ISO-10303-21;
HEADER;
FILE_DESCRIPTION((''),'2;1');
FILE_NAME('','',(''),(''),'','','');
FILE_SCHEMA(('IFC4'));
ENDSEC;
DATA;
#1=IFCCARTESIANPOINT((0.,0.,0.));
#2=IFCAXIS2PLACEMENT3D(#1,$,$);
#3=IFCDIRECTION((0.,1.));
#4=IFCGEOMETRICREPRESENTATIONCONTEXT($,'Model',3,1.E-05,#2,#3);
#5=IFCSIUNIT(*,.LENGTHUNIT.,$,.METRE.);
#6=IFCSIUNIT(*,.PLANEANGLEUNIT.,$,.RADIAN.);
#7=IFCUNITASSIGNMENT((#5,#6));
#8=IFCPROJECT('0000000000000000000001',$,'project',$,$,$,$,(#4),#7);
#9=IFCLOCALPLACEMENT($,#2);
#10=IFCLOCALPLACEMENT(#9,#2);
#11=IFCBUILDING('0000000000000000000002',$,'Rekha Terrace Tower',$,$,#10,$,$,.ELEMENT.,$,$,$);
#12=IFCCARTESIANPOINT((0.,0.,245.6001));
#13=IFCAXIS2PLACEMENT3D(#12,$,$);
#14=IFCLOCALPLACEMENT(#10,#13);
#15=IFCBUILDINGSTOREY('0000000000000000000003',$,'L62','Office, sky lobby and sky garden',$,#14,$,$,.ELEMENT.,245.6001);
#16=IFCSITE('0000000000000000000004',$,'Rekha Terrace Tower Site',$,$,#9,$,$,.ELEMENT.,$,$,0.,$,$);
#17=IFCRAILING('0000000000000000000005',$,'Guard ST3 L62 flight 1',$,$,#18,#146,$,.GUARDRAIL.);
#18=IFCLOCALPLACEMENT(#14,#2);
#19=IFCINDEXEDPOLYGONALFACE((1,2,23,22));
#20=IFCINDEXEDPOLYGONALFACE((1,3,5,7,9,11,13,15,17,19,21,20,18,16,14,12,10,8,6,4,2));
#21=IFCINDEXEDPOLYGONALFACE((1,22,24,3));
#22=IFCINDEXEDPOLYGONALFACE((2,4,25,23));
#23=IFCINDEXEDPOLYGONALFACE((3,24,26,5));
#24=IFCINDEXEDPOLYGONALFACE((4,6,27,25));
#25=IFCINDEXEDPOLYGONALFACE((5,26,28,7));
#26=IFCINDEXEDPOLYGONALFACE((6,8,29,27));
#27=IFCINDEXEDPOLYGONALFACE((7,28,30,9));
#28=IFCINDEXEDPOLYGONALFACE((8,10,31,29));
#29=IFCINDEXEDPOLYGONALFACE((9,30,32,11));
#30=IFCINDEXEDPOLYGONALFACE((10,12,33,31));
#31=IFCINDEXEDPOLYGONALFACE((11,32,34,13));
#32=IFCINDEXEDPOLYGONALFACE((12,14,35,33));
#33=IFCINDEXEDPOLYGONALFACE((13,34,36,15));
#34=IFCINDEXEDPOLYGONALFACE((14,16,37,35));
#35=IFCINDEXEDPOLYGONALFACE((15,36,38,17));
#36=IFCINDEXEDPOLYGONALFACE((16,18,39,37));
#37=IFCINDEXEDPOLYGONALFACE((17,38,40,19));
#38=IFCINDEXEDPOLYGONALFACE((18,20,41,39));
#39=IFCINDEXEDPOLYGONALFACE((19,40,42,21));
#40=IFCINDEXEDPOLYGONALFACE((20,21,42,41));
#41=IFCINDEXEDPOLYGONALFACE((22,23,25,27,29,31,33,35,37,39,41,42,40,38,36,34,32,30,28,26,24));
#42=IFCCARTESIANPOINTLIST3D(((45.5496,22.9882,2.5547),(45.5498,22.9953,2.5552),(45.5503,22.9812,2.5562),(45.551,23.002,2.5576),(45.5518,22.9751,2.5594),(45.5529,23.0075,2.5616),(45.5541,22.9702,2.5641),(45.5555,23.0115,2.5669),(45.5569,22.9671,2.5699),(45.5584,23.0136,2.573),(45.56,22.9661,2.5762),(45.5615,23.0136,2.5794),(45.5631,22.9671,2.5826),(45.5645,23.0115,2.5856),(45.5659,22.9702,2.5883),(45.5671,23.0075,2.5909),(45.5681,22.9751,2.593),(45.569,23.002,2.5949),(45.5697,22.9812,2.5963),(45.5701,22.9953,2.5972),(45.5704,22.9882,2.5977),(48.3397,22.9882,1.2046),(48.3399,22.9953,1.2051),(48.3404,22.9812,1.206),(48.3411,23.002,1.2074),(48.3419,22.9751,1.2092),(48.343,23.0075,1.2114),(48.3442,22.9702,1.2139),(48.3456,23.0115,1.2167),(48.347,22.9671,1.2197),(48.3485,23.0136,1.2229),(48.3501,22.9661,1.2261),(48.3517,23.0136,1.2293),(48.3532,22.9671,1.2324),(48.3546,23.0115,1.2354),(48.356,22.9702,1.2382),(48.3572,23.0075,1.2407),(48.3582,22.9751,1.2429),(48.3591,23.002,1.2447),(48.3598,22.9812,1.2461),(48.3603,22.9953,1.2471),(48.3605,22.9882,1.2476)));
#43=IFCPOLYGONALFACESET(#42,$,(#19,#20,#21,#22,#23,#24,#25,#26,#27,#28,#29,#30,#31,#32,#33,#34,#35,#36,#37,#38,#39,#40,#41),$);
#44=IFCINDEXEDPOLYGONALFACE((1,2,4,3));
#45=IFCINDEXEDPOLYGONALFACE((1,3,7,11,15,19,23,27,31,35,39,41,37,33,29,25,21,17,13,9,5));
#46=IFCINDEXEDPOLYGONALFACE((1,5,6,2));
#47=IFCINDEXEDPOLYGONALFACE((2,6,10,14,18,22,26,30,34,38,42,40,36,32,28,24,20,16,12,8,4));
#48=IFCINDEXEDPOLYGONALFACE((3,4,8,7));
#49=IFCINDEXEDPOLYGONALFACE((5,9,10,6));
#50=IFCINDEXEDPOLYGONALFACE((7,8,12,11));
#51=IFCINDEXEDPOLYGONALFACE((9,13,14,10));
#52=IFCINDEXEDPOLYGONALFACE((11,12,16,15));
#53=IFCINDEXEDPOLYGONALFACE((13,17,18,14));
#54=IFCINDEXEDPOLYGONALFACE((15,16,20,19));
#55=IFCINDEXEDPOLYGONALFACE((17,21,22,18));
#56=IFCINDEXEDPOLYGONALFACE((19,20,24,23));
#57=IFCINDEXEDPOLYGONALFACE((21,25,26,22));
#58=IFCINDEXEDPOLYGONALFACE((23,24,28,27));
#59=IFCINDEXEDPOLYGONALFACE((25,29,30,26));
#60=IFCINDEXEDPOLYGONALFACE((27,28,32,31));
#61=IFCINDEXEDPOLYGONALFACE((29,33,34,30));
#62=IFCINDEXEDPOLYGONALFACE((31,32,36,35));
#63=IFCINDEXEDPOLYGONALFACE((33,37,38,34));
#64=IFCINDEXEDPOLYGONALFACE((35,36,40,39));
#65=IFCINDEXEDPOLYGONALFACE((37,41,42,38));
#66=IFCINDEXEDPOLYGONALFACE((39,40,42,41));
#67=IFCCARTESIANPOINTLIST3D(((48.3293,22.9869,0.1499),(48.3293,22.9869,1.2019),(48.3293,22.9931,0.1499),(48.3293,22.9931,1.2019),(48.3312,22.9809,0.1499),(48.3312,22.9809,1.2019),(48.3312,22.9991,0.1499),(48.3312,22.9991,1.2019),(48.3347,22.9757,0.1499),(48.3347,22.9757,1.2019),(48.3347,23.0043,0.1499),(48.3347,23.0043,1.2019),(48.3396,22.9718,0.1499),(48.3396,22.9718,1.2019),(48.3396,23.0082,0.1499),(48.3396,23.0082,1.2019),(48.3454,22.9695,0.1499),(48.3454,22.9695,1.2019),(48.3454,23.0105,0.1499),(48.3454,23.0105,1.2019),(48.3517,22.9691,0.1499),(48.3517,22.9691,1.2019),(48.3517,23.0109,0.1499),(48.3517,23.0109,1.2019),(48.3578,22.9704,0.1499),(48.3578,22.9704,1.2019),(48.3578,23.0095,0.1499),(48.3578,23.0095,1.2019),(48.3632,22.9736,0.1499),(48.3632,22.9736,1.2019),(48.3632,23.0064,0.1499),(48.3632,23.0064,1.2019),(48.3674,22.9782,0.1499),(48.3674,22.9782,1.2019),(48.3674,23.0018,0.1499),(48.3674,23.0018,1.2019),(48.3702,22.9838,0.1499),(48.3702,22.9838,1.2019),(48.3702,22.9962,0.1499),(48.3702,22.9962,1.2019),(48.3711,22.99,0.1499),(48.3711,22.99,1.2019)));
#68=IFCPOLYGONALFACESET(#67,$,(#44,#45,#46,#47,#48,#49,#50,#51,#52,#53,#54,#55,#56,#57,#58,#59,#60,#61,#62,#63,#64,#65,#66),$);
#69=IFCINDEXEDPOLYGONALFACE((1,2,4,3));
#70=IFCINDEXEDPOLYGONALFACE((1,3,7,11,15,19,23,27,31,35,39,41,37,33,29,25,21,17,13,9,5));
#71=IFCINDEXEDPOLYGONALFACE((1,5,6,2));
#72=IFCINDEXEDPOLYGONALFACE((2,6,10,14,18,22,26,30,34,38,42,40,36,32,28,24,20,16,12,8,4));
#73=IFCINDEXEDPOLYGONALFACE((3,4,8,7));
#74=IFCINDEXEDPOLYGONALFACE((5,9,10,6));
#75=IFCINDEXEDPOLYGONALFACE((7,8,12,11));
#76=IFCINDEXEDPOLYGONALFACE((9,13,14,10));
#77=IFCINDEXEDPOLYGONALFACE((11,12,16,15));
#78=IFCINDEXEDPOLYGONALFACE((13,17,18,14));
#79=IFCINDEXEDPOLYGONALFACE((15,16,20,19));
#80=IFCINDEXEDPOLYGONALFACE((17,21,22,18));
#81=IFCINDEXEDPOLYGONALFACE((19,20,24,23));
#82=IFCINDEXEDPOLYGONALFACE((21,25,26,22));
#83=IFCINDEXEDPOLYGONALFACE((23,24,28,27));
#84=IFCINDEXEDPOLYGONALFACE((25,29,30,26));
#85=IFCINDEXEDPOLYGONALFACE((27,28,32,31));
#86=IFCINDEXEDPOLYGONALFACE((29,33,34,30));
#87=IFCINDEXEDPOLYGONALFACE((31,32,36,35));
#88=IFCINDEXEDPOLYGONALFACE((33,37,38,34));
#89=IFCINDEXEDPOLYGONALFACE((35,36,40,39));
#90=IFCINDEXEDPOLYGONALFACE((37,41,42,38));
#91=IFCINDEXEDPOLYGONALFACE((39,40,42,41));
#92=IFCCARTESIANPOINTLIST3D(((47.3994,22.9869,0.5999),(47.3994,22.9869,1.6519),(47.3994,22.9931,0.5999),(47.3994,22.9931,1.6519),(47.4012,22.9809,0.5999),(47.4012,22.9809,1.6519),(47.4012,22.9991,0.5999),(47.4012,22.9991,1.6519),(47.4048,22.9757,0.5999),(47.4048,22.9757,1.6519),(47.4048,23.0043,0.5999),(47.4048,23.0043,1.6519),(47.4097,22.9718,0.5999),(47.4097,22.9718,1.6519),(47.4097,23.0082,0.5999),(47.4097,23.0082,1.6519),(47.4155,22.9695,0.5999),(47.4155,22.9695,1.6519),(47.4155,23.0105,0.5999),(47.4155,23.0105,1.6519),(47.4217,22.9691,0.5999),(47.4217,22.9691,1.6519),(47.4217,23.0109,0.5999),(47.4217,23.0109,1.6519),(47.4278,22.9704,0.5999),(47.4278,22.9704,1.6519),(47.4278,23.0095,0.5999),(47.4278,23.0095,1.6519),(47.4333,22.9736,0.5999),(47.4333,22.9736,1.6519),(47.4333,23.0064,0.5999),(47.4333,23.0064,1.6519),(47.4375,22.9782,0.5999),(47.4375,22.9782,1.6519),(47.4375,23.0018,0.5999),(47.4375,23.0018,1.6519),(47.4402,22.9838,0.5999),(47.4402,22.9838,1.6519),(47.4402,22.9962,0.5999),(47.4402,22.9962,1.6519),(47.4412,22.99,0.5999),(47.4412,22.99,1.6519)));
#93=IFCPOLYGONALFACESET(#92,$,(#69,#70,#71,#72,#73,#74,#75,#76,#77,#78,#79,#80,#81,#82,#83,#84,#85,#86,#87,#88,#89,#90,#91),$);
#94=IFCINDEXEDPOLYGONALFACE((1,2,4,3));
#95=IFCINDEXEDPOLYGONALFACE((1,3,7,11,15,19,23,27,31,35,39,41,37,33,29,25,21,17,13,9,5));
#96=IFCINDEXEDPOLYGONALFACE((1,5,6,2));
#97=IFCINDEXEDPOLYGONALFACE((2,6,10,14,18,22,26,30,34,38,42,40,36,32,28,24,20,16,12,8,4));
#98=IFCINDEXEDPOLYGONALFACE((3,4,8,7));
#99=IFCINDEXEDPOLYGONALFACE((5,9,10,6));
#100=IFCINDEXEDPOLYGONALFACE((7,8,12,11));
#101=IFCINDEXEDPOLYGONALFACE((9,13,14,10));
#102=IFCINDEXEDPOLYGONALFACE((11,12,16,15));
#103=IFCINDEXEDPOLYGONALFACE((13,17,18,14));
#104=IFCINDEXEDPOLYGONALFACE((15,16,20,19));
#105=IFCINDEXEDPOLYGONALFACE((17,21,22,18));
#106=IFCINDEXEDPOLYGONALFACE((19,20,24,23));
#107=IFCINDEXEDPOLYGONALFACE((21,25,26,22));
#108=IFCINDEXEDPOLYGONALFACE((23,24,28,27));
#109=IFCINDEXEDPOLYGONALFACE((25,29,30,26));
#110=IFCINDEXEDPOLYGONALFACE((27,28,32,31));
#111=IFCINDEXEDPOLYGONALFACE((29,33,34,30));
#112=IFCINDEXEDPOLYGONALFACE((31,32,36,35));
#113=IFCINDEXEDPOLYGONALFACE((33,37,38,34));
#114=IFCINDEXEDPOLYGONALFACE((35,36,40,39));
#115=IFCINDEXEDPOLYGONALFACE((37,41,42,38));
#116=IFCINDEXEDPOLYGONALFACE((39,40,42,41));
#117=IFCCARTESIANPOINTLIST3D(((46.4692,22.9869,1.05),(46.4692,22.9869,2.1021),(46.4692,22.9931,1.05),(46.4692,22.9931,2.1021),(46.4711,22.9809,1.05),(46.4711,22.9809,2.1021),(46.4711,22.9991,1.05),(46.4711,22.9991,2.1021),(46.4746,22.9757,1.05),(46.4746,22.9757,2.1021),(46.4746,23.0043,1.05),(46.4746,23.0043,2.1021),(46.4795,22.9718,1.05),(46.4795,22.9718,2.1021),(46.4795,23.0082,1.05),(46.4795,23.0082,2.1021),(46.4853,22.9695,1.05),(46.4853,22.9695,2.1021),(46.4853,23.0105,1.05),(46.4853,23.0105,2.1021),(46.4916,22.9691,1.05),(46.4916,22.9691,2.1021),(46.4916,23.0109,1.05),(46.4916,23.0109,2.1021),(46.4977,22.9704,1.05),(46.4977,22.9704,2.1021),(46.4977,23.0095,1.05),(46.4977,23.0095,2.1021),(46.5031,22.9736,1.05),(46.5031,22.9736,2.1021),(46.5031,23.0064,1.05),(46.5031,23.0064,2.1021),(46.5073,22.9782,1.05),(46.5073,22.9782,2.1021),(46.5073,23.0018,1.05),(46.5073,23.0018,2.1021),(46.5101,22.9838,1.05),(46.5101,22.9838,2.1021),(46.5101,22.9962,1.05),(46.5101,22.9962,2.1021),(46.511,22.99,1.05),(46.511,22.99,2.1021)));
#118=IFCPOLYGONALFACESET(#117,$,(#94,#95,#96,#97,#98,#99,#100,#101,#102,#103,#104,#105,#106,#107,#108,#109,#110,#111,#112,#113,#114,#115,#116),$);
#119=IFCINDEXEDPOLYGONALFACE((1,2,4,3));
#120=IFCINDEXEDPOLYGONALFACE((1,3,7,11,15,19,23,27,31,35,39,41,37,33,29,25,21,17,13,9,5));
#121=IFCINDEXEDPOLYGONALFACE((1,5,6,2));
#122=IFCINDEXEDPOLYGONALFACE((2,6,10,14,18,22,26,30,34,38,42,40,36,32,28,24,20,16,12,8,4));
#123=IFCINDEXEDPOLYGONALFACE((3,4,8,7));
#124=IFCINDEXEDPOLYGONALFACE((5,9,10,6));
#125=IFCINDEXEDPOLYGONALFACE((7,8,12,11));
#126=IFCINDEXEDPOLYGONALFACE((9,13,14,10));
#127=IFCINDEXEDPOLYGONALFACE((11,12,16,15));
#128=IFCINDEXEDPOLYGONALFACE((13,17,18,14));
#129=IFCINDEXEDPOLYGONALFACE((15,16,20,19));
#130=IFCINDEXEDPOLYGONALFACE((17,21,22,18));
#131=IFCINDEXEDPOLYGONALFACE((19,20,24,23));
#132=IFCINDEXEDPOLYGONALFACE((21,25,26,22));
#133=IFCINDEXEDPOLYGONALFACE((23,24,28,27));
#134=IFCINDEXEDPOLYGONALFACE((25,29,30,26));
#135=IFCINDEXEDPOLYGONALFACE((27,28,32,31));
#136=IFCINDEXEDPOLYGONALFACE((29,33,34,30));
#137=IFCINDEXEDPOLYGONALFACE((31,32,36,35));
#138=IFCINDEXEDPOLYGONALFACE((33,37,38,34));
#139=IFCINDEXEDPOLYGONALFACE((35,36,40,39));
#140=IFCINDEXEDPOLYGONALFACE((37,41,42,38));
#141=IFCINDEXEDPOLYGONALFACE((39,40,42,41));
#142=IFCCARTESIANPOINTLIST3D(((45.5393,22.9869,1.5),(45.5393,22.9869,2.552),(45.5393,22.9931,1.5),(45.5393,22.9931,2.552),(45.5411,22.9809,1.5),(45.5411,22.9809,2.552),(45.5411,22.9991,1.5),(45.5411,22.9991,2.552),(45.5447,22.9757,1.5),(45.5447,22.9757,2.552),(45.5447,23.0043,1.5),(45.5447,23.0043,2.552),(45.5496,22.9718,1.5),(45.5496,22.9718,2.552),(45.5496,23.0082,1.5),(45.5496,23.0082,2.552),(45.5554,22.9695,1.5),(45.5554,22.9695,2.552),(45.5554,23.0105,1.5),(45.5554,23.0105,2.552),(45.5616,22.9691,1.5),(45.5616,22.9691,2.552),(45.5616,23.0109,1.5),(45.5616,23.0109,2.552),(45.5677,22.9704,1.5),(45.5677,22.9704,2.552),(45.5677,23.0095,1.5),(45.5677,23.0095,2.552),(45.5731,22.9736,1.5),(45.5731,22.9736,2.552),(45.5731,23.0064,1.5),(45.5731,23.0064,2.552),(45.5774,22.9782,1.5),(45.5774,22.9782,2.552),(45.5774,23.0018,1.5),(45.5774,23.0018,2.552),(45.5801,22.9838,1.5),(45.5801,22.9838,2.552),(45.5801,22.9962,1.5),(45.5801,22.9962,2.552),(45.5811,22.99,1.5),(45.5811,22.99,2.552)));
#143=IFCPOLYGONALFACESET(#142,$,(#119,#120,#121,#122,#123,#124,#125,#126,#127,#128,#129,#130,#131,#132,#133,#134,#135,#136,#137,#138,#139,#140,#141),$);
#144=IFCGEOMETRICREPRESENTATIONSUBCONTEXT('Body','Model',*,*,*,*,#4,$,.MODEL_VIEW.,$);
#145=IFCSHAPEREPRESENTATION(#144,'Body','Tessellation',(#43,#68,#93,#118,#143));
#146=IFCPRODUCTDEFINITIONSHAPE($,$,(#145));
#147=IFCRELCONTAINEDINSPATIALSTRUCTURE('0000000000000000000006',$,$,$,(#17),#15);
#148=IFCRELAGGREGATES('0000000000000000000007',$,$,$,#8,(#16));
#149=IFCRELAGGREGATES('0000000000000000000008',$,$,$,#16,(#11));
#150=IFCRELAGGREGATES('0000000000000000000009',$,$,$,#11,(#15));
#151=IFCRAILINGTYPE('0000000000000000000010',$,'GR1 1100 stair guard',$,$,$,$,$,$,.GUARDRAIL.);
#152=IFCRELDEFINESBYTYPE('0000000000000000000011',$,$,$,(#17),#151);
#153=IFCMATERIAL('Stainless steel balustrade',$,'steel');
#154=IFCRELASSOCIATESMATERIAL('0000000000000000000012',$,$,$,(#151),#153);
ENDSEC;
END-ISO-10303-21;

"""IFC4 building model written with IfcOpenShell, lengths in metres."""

from ifc_helpers import new_model, si_unit, direction, frame, origin, origin_2d, place, context, subcontext, project, spatial, circle, extrude, material, type_object, element, save


model = new_model("IFC4")

# Units and contexts
model_context = context("Model", 3, precision=1e-05, world=origin(), true_north=direction((0.0, 1.0)))
body_context = subcontext(model_context, "Body", "Model", "MODEL_VIEW")
ifc_project = project(units=[si_unit("LENGTHUNIT", "METRE"), si_unit("PLANEANGLEUNIT", "RADIAN")], contexts=[model_context])

# Site, building, storey
site_placement = place(None, origin())
site = spatial("IfcSite", under=ifc_project, at=site_placement, Name="Rekha Terrace Tower Site", CompositionType="ELEMENT", RefElevation=0.0)
building_placement = place(site_placement, origin())
building = spatial("IfcBuilding", under=site, at=building_placement, Name="Rekha Terrace Tower", CompositionType="ELEMENT")
storey_placement = place(building_placement, frame((0.0, 0.0, 245.6001)))
storey = spatial("IfcBuildingStorey", under=building, at=storey_placement, Name="L62", Description="Office, sky lobby and sky garden", CompositionType="ELEMENT", Elevation=245.6001)

# Railing
ifc_material_1 = material(Name="Stainless steel balustrade", Category="steel")
railing_type_1 = type_object("IfcRailingType", Name="GR1 1100 stair guard", PredefinedType="GUARDRAIL", material=ifc_material_1)
railing_1_placement = place(storey_placement, frame((48.3501, 22.99, 0.1499)))
element("IfcRailing", 1, at=railing_1_placement, inside=storey, type_object=railing_type_1, Name="Guard ST3 L62 flight 1", PredefinedType="GUARDRAIL", context=body_context, shape_type="SweptSolid", body=[
    extrude(circle(Radius=0.0239, at=origin_2d()), frame((0.0, 0.0, 1.0762), z_axis=(-0.900149, 0.0, 0.435582), x_axis=(0.0, -1.0, 0.0)), (0.0, 0.0, 1.0), 3.0996),
    extrude(circle(Radius=0.021, at=origin_2d()), origin(), (0.0, 0.0, 1.0), 1.052),
    extrude(circle(Radius=0.021, at=origin_2d()), frame((-0.9299, 0.0, 0.45)), (0.0, 0.0, 1.0), 1.052),
    extrude(circle(Radius=0.021, at=origin_2d()), frame((-1.8601, 0.0, 0.9001)), (0.0, 0.0, 1.0), 1.052),
    extrude(circle(Radius=0.021, at=origin_2d()), frame((-2.79, 0.0, 1.3501)), (0.0, 0.0, 1.0), 1.052),
])

save(model, "model.ifc")
